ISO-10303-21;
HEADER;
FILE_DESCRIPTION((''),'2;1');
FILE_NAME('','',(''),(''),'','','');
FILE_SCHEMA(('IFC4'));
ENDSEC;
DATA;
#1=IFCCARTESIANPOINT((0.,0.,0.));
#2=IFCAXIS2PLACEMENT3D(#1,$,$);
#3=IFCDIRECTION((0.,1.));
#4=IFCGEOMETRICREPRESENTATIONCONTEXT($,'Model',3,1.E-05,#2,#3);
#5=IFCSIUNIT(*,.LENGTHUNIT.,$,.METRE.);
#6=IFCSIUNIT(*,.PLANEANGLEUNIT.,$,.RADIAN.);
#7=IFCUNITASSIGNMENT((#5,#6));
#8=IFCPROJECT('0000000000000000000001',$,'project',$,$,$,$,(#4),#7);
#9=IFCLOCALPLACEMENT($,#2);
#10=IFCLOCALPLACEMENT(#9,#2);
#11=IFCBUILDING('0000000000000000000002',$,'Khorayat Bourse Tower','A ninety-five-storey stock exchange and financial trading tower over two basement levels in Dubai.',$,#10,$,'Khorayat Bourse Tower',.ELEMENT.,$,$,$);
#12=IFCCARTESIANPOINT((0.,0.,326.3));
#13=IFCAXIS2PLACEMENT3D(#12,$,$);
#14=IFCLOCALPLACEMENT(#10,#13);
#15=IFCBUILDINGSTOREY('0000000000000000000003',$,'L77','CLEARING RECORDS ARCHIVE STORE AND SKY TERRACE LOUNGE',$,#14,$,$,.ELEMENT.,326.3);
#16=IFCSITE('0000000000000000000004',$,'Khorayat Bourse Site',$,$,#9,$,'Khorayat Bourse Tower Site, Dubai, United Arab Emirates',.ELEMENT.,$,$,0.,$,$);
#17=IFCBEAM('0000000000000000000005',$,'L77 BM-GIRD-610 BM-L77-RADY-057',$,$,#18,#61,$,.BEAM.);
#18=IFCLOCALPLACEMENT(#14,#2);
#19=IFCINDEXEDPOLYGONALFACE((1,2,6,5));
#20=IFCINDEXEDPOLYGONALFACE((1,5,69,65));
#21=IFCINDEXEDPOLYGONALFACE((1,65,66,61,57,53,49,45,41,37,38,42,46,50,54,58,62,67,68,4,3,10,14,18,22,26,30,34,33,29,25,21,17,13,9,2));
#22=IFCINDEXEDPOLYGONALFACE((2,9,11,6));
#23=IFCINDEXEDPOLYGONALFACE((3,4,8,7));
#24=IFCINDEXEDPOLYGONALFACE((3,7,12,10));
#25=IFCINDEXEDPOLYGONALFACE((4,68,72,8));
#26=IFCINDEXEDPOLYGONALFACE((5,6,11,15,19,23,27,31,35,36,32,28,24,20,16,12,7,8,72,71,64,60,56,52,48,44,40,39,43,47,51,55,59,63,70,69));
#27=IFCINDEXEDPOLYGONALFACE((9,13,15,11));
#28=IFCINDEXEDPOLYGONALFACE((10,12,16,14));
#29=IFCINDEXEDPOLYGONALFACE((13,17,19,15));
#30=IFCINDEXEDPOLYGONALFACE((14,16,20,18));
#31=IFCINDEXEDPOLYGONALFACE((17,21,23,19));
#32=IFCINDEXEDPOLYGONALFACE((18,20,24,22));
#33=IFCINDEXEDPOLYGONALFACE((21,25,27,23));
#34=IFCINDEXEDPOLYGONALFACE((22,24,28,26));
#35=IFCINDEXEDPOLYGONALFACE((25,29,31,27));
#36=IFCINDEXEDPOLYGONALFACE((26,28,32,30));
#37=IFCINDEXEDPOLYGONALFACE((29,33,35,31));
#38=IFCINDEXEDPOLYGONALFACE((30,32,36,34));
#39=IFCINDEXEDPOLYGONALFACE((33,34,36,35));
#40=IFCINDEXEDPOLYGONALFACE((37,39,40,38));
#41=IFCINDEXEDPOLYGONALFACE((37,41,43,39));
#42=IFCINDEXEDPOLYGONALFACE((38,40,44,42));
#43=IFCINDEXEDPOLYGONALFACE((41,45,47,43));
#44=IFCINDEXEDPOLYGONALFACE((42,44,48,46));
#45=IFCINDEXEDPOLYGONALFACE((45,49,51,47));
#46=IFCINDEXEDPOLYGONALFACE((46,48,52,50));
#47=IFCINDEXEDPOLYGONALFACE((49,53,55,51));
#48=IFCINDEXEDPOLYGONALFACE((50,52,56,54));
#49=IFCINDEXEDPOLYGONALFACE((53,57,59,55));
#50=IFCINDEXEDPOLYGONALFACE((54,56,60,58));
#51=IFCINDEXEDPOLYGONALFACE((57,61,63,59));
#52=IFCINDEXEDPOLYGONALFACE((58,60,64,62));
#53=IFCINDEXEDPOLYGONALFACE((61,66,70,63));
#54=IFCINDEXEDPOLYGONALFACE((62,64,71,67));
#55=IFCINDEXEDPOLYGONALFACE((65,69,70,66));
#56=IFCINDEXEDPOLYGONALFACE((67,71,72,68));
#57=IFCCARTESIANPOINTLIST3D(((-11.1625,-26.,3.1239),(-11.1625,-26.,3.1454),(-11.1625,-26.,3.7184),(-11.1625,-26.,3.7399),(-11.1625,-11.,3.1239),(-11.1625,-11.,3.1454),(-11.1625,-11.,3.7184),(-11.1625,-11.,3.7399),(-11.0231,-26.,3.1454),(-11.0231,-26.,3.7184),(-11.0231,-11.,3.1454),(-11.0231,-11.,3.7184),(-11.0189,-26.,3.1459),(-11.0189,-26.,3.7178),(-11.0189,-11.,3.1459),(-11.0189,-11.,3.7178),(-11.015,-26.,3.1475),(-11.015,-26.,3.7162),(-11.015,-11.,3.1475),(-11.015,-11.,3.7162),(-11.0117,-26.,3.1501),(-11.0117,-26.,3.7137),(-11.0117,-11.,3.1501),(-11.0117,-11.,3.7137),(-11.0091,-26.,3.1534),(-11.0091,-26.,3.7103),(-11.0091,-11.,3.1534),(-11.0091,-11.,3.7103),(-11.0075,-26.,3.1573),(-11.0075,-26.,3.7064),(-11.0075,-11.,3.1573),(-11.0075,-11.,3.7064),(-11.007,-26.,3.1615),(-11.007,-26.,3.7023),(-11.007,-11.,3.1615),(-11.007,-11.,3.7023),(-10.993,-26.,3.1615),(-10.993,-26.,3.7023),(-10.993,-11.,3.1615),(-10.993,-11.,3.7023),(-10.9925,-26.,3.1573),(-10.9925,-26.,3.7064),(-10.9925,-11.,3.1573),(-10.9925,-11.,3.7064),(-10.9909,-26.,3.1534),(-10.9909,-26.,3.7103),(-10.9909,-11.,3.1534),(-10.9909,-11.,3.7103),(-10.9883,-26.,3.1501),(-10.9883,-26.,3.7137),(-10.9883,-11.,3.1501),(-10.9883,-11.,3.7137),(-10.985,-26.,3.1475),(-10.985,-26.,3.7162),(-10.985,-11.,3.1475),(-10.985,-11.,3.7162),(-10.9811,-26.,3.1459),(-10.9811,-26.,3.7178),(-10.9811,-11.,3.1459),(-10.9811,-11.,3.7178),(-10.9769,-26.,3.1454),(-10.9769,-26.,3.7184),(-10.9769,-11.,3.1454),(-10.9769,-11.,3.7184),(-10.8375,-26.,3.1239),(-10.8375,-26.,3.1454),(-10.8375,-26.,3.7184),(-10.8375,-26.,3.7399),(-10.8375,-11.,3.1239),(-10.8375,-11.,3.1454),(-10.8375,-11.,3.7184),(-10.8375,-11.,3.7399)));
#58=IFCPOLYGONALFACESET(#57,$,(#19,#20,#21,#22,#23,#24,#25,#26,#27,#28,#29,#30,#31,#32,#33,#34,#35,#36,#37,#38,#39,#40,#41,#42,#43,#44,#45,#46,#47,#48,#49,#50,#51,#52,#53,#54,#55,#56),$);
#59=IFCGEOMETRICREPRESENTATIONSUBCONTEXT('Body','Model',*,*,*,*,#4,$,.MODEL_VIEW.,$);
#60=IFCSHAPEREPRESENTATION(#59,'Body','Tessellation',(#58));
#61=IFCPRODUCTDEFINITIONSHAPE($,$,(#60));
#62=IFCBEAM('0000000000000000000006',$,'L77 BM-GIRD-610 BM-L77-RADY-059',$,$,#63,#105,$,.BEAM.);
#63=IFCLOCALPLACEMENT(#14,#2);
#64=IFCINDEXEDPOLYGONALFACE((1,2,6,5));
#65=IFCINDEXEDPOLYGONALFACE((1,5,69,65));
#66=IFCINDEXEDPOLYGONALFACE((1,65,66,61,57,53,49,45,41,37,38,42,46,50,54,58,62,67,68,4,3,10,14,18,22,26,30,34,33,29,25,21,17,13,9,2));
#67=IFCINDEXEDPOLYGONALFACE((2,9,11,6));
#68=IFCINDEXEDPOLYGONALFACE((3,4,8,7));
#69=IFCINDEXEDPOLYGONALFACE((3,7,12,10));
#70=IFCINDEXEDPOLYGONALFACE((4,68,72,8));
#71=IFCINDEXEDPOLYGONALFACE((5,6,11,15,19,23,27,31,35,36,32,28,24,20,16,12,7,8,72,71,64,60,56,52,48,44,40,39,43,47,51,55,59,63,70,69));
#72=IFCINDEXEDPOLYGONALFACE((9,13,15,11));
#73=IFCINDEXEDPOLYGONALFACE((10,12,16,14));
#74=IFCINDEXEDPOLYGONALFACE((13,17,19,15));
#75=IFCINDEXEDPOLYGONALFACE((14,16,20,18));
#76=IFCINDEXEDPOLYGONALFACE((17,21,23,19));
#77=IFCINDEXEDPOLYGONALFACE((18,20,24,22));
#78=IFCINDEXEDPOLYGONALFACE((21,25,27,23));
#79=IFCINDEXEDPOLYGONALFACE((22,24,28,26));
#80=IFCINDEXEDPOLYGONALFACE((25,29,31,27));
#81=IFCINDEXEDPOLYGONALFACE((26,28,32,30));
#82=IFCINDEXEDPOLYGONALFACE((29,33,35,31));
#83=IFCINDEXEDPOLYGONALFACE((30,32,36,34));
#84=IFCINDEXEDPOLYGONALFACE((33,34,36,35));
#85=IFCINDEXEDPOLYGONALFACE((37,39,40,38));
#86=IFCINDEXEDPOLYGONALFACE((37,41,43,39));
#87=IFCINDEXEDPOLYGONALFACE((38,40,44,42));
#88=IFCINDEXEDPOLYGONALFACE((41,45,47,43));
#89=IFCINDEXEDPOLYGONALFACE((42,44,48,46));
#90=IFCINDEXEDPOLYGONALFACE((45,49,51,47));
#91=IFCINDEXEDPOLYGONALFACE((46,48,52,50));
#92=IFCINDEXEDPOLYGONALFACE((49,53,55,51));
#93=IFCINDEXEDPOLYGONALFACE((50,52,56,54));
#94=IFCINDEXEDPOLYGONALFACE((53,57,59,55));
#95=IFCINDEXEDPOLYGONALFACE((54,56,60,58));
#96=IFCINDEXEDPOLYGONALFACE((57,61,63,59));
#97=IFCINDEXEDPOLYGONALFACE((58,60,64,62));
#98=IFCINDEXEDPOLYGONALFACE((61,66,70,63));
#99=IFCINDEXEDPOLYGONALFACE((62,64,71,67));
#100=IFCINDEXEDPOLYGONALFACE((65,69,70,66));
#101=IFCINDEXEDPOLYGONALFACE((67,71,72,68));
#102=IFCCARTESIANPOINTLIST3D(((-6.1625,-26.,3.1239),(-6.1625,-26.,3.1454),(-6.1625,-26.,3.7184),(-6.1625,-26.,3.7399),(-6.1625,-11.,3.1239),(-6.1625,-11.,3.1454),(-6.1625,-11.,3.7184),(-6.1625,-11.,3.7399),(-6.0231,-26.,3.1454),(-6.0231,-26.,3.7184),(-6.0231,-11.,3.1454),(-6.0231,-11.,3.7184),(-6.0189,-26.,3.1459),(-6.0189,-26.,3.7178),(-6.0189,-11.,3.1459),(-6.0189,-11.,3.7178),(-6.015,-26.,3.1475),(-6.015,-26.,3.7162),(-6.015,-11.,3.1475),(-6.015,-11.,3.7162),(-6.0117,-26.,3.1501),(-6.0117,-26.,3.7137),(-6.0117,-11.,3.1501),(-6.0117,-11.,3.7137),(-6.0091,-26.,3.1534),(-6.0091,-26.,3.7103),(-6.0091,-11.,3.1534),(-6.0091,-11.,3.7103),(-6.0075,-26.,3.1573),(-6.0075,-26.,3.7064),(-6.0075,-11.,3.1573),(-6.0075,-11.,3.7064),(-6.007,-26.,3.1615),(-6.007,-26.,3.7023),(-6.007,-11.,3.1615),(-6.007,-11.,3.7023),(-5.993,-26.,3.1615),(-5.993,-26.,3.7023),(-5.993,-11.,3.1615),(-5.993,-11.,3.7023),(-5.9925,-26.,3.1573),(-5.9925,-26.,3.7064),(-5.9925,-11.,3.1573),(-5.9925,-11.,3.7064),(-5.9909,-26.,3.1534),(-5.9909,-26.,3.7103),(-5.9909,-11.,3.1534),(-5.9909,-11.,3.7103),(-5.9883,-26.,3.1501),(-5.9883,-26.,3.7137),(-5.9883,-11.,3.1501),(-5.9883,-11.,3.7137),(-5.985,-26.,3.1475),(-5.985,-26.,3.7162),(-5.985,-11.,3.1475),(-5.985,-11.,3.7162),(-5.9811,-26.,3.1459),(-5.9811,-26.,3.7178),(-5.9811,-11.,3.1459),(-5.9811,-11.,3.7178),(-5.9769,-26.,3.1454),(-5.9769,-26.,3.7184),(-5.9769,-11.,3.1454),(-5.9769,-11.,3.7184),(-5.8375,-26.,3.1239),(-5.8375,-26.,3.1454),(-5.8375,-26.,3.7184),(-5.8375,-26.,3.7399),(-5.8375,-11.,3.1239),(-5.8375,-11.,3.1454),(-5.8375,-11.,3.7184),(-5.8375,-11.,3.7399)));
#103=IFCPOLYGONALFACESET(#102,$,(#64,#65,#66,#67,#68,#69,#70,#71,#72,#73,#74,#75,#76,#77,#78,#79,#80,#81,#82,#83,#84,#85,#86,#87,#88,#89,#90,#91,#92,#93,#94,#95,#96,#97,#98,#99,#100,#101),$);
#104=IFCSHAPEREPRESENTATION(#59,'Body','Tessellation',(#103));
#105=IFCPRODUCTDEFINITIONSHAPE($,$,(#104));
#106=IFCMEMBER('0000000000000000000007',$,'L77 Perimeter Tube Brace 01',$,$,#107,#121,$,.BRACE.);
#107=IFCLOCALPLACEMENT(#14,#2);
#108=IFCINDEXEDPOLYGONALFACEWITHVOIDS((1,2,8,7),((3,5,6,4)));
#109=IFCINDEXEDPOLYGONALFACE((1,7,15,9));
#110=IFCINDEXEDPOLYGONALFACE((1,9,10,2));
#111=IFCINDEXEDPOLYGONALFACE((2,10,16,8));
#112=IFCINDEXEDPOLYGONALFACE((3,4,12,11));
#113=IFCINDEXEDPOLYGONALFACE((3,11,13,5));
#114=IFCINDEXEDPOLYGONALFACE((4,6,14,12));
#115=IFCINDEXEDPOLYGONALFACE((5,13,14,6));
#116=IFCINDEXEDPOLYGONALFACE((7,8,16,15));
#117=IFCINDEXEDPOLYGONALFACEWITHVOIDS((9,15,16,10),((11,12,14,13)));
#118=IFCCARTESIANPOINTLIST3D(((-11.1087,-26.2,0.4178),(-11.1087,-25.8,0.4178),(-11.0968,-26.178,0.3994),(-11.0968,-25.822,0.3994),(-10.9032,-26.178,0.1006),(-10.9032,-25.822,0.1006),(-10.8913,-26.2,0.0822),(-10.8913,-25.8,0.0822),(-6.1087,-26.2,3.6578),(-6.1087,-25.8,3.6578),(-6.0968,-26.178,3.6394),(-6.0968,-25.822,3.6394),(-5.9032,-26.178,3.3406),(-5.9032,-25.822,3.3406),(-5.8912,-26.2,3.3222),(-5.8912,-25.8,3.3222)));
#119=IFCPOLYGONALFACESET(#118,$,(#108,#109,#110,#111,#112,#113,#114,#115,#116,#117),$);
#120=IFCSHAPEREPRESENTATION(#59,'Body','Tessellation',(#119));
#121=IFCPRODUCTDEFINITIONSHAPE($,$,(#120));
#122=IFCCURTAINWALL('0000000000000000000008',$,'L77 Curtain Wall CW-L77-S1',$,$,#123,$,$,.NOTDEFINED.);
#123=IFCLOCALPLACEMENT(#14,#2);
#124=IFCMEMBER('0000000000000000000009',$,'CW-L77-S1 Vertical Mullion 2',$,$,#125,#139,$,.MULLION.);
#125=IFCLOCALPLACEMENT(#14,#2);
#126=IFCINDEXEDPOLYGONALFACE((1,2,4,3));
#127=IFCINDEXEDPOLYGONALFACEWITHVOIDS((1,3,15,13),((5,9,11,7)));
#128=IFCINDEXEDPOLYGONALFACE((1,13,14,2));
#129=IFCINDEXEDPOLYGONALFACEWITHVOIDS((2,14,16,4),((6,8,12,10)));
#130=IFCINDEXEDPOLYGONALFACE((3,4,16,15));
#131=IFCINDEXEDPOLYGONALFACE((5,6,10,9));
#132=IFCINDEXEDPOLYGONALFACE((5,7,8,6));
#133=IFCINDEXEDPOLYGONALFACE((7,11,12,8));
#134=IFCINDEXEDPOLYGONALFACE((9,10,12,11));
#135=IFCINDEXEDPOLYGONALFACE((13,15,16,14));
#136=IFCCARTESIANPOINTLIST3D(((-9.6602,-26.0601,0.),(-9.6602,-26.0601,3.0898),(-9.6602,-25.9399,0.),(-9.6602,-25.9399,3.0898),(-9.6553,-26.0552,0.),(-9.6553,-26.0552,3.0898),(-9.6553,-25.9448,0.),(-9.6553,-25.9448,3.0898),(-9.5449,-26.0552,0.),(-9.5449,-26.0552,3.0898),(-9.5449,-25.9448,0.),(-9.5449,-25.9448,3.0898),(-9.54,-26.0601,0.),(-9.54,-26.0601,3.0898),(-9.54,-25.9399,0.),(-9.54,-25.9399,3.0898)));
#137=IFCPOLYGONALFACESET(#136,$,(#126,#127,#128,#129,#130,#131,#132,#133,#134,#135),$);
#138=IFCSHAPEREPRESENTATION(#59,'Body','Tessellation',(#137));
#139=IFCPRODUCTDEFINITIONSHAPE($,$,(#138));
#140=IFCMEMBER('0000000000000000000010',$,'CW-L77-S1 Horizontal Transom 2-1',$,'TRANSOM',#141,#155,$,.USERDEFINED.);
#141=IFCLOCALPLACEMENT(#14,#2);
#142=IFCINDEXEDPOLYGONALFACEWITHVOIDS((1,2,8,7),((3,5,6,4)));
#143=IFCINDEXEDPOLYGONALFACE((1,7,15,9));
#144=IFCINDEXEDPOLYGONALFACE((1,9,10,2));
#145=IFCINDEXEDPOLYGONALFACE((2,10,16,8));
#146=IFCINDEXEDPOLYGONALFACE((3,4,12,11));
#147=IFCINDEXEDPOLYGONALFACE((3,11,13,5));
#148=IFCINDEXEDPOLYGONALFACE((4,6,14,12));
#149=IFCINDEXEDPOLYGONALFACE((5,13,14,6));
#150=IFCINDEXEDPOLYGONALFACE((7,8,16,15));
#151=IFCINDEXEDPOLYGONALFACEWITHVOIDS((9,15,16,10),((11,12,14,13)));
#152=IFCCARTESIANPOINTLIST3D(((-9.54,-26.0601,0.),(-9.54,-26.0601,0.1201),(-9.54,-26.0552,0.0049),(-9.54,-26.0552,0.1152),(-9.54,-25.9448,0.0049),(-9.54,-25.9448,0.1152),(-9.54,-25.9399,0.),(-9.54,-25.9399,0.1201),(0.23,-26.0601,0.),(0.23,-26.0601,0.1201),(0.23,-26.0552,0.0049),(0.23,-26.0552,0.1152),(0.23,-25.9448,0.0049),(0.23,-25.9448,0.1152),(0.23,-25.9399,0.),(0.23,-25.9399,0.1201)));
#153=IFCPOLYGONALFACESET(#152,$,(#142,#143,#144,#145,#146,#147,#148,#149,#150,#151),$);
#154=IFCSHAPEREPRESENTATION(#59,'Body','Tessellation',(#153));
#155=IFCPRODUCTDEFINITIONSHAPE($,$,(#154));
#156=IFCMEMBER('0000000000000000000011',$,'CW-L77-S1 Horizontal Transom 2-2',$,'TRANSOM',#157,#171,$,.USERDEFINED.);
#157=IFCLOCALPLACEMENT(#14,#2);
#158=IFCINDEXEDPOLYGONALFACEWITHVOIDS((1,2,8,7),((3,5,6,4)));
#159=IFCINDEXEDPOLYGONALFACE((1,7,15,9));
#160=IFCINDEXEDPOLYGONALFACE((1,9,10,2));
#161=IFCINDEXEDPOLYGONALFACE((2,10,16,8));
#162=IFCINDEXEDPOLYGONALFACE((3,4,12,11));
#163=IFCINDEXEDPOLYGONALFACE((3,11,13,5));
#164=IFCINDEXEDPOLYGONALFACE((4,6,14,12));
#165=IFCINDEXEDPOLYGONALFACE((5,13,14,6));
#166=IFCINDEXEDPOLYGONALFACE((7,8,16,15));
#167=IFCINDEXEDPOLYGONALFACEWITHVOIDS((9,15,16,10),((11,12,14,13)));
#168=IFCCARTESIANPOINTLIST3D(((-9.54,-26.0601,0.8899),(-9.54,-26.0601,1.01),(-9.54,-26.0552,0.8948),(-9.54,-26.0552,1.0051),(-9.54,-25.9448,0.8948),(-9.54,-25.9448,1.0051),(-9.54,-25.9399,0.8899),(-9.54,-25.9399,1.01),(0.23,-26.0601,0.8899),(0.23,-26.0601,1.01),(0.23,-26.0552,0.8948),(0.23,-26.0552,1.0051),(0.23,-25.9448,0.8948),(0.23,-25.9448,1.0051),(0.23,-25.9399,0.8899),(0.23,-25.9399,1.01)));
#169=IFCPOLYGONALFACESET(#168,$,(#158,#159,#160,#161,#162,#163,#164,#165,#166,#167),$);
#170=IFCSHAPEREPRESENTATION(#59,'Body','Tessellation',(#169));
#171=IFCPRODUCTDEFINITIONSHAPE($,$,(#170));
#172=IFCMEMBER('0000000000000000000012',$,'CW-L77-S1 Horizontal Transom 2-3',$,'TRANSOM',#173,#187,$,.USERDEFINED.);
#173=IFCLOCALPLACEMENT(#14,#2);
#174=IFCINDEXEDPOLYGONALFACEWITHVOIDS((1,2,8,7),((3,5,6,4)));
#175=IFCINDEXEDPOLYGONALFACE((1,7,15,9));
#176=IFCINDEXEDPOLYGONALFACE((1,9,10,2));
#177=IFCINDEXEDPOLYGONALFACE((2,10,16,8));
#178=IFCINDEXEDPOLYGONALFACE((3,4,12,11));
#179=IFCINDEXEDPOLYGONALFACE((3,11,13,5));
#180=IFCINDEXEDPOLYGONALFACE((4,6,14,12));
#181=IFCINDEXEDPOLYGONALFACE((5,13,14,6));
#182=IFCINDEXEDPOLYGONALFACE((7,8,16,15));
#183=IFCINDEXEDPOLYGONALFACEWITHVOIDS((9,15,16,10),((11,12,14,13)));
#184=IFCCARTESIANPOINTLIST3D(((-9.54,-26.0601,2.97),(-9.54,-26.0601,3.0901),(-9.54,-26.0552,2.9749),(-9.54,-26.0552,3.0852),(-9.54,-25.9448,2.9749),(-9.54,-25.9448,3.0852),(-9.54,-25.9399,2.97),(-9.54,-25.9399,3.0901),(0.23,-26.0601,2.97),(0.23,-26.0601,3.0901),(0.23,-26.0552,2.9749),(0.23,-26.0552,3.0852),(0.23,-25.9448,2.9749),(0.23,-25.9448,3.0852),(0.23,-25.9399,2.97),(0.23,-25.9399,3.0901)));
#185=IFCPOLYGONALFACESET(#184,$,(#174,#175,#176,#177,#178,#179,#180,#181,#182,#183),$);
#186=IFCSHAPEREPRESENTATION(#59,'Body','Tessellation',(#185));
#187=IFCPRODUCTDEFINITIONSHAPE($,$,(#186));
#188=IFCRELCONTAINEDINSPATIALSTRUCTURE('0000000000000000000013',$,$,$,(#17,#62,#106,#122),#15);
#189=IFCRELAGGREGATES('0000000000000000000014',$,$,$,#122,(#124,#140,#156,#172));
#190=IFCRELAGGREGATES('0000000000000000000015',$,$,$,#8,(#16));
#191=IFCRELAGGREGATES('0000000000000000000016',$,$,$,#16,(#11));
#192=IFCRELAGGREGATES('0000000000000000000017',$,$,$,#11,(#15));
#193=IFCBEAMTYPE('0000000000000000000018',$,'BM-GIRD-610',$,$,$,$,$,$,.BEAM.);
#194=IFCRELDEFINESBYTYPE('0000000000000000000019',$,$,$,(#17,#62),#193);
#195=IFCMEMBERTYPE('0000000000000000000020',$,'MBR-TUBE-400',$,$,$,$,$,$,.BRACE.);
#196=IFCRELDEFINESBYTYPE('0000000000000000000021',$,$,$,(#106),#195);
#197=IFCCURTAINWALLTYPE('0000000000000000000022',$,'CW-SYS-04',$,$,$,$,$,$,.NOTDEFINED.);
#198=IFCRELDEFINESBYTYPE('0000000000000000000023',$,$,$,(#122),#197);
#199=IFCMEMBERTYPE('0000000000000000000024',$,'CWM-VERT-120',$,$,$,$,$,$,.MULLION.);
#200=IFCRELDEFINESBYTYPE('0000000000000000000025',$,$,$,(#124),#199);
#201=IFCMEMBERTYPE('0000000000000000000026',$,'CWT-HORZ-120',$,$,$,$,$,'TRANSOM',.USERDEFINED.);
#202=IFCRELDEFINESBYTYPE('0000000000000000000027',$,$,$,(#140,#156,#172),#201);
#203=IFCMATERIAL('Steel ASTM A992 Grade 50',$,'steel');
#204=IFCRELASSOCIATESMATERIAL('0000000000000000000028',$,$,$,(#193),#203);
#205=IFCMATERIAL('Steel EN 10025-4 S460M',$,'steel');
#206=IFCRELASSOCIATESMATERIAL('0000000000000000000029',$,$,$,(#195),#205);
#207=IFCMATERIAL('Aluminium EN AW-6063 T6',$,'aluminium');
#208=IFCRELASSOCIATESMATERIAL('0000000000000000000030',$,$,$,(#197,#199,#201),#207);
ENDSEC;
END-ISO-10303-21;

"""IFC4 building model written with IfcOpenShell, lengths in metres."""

from ifc_helpers import new_model, si_unit, direction, frame, origin, origin_2d, place, context, subcontext, project, spatial, hollow_rectangle, i_section, extrude, source, transform, mapped, material, material_profile, profile_set, type_object, element, aggregate, save


model = new_model("IFC4")

# Units and contexts
model_context = context("Model", 3, precision=1e-05, world=origin(), true_north=direction((0.0, 1.0)))
body_context = subcontext(model_context, "Body", "Model", "MODEL_VIEW")
ifc_project = project(units=[si_unit("LENGTHUNIT", "METRE"), si_unit("PLANEANGLEUNIT", "RADIAN")], contexts=[model_context])

# Site, building, storey
site_placement = place(None, origin())
site = spatial("IfcSite", under=ifc_project, at=site_placement, Name="Khorayat Bourse Site", LongName="Khorayat Bourse Tower Site, Dubai, United Arab Emirates", CompositionType="ELEMENT", RefElevation=0.0)
building_placement = place(site_placement, origin())
building = spatial("IfcBuilding", under=site, at=building_placement, Name="Khorayat Bourse Tower", Description="A ninety-five-storey stock exchange and financial trading tower over two basement levels in Dubai.", LongName="Khorayat Bourse Tower", CompositionType="ELEMENT")
storey_placement = place(building_placement, frame((0.0, 0.0, 326.3)))
storey = spatial("IfcBuildingStorey", under=building, at=storey_placement, Name="L77", Description="CLEARING RECORDS ARCHIVE STORE AND SKY TERRACE LOUNGE", CompositionType="ELEMENT", Elevation=326.3)

# Beams
ifc_material_1 = material(Name="Steel ASTM A992 Grade 50", Category="steel")
ifc_material_profile_1 = material_profile(ifc_material_1, i_section(OverallWidth=0.325, OverallDepth=0.616, WebThickness=0.0139, FlangeThickness=0.0215, FilletRadius=0.0161, at=origin_2d()), Name="W610X174")
ifc_profile_set_1 = profile_set([ifc_material_profile_1], Name="Steel ASTM A992 Grade 50")
beam_type_1 = type_object("IfcBeamType", Name="BM-GIRD-610", PredefinedType="BEAM", material=ifc_profile_set_1)
shared_shape_1 = source(origin(), body_context, "Body", "SweptSolid", [
    extrude(i_section(OverallWidth=0.325, OverallDepth=0.616, WebThickness=0.0139, FlangeThickness=0.0215, FilletRadius=0.0161, at=origin_2d()), origin(), (0.0, 0.0, 1.0), 15.0),
])
for number, where, z_axis, x_axis, name in (
    (1, (-11.0, -26.0, 3.4319), (0.0, 1.0, 0.0), (-1.0, 0.0, 0.0), "L77 BM-GIRD-610 BM-L77-RADY-057"),
    (2, (-6.0, -26.0, 3.4319), (0.0, 1.0, 0.0), (-1.0, 0.0, 0.0), "L77 BM-GIRD-610 BM-L77-RADY-059"),
):
    element("IfcBeam", number, at=place(storey_placement, frame(where, z_axis=z_axis, x_axis=x_axis)), inside=storey, type_object=beam_type_1, Name=name, PredefinedType="BEAM", context=body_context, shape_type="MappedRepresentation", body=[
        mapped(shared_shape_1, transform((0.0, 0.0, 0.0), scale=1.0)),
    ])

# Member
ifc_material_2 = material(Name="Steel EN 10025-4 S460M", Category="steel")
ifc_material_profile_2 = material_profile(ifc_material_2, hollow_rectangle(XDim=0.3999, YDim=0.3999, WallThickness=0.022, at=origin_2d()), Name="HSS 400x400x22")
ifc_profile_set_2 = profile_set([ifc_material_profile_2], Name="Steel EN 10025-4 S460M")
member_type_1 = type_object("IfcMemberType", Name="MBR-TUBE-400", PredefinedType="BRACE", material=ifc_profile_set_2)
shared_shape_2 = source(origin(), body_context, "Body", "SweptSolid", [
    extrude(hollow_rectangle(XDim=0.3999, YDim=0.3999, WallThickness=0.022, at=origin_2d()), origin(), (0.0, 0.0, 1.0), 5.958),
])
member_1_placement = place(storey_placement, frame((-11.0, -26.0, 0.25), z_axis=(0.83921, 0.0, 0.543807), x_axis=(0.0, 1.0, 0.0)))
element("IfcMember", 3, at=member_1_placement, inside=storey, type_object=member_type_1, Name="L77 Perimeter Tube Brace 01", PredefinedType="BRACE", context=body_context, shape_type="MappedRepresentation", body=[
    mapped(shared_shape_2, transform((0.0, 0.0, 0.0), scale=1.0)),
])

# Curtain wall, members
ifc_material_3 = material(Name="Aluminium EN AW-6063 T6", Category="aluminium")
curtain_wall_type = type_object("IfcCurtainWallType", Name="CW-SYS-04", PredefinedType="NOTDEFINED", material=ifc_material_3)
curtain_wall_placement = place(storey_placement, origin())
curtain_wall = element("IfcCurtainWall", 4, at=curtain_wall_placement, inside=storey, type_object=curtain_wall_type, Name="L77 Curtain Wall CW-L77-S1", PredefinedType="NOTDEFINED")
ifc_material_profile_3 = material_profile(ifc_material_3, hollow_rectangle(XDim=0.1201, YDim=0.1201, WallThickness=0.0049, at=origin_2d()), Name="ALU 120x120x5")
ifc_profile_set_3 = profile_set([ifc_material_profile_3], Name="Aluminium EN AW-6063 T6")
member_type_2 = type_object("IfcMemberType", Name="CWM-VERT-120", PredefinedType="MULLION", material=ifc_profile_set_3)
shared_shape_3 = source(origin(), body_context, "Body", "SweptSolid", [
    extrude(hollow_rectangle(XDim=0.1201, YDim=0.1201, WallThickness=0.0049, at=origin_2d()), origin(), (0.0, 0.0, 1.0), 3.0898),
])
member_2_placement = place(storey_placement, frame((-9.6001, -26.0, 0.0), z_axis=(0.0, 0.0, 1.0), x_axis=(0.0, 1.0, 0.0)))
member_2 = element("IfcMember", 5, at=member_2_placement, type_object=member_type_2, Name="CW-L77-S1 Vertical Mullion 2", PredefinedType="MULLION", context=body_context, shape_type="MappedRepresentation", body=[
    mapped(shared_shape_3, transform((0.0, 0.0, 0.0), scale=1.0)),
])
ifc_material_profile_4 = material_profile(ifc_material_3, hollow_rectangle(XDim=0.1201, YDim=0.1201, WallThickness=0.0049, at=origin_2d()), Name="ALU 120x120x5")
ifc_profile_set_4 = profile_set([ifc_material_profile_4], Name="Aluminium EN AW-6063 T6")
member_type_3 = type_object("IfcMemberType", Name="CWT-HORZ-120", ElementType="TRANSOM", PredefinedType="USERDEFINED", material=ifc_profile_set_4)
shared_shape_4 = source(origin(), body_context, "Body", "SweptSolid", [
    extrude(hollow_rectangle(XDim=0.1201, YDim=0.1201, WallThickness=0.0049, at=origin_2d()), origin(), (0.0, 0.0, 1.0), 9.77),
])
member_3_placement = place(storey_placement, frame((-9.54, -26.0, 0.0601), z_axis=(1.0, 0.0, 0.0), x_axis=(0.0, 1.0, 0.0)))
member_3 = element("IfcMember", 6, at=member_3_placement, type_object=member_type_3, Name="CW-L77-S1 Horizontal Transom 2-1", ObjectType="TRANSOM", PredefinedType="USERDEFINED", context=body_context, shape_type="MappedRepresentation", body=[
    mapped(shared_shape_4, transform((0.0, 0.0, 0.0), scale=1.0)),
])
member_4_placement = place(storey_placement, frame((-9.54, -26.0, 0.95), z_axis=(1.0, 0.0, 0.0), x_axis=(0.0, 1.0, 0.0)))
member_4 = element("IfcMember", 7, at=member_4_placement, type_object=member_type_3, Name="CW-L77-S1 Horizontal Transom 2-2", ObjectType="TRANSOM", PredefinedType="USERDEFINED", context=body_context, shape_type="MappedRepresentation", body=[
    mapped(shared_shape_4, transform((0.0, 0.0, 0.0), scale=1.0)),
])
member_5_placement = place(storey_placement, frame((-9.54, -26.0, 3.03), z_axis=(1.0, 0.0, 0.0), x_axis=(0.0, 1.0, 0.0)))
member_5 = element("IfcMember", 8, at=member_5_placement, type_object=member_type_3, Name="CW-L77-S1 Horizontal Transom 2-3", ObjectType="TRANSOM", PredefinedType="USERDEFINED", context=body_context, shape_type="MappedRepresentation", body=[
    mapped(shared_shape_4, transform((0.0, 0.0, 0.0), scale=1.0)),
])

aggregate(curtain_wall, [member_2, member_3, member_4, member_5])

save(model, "model.ifc")
